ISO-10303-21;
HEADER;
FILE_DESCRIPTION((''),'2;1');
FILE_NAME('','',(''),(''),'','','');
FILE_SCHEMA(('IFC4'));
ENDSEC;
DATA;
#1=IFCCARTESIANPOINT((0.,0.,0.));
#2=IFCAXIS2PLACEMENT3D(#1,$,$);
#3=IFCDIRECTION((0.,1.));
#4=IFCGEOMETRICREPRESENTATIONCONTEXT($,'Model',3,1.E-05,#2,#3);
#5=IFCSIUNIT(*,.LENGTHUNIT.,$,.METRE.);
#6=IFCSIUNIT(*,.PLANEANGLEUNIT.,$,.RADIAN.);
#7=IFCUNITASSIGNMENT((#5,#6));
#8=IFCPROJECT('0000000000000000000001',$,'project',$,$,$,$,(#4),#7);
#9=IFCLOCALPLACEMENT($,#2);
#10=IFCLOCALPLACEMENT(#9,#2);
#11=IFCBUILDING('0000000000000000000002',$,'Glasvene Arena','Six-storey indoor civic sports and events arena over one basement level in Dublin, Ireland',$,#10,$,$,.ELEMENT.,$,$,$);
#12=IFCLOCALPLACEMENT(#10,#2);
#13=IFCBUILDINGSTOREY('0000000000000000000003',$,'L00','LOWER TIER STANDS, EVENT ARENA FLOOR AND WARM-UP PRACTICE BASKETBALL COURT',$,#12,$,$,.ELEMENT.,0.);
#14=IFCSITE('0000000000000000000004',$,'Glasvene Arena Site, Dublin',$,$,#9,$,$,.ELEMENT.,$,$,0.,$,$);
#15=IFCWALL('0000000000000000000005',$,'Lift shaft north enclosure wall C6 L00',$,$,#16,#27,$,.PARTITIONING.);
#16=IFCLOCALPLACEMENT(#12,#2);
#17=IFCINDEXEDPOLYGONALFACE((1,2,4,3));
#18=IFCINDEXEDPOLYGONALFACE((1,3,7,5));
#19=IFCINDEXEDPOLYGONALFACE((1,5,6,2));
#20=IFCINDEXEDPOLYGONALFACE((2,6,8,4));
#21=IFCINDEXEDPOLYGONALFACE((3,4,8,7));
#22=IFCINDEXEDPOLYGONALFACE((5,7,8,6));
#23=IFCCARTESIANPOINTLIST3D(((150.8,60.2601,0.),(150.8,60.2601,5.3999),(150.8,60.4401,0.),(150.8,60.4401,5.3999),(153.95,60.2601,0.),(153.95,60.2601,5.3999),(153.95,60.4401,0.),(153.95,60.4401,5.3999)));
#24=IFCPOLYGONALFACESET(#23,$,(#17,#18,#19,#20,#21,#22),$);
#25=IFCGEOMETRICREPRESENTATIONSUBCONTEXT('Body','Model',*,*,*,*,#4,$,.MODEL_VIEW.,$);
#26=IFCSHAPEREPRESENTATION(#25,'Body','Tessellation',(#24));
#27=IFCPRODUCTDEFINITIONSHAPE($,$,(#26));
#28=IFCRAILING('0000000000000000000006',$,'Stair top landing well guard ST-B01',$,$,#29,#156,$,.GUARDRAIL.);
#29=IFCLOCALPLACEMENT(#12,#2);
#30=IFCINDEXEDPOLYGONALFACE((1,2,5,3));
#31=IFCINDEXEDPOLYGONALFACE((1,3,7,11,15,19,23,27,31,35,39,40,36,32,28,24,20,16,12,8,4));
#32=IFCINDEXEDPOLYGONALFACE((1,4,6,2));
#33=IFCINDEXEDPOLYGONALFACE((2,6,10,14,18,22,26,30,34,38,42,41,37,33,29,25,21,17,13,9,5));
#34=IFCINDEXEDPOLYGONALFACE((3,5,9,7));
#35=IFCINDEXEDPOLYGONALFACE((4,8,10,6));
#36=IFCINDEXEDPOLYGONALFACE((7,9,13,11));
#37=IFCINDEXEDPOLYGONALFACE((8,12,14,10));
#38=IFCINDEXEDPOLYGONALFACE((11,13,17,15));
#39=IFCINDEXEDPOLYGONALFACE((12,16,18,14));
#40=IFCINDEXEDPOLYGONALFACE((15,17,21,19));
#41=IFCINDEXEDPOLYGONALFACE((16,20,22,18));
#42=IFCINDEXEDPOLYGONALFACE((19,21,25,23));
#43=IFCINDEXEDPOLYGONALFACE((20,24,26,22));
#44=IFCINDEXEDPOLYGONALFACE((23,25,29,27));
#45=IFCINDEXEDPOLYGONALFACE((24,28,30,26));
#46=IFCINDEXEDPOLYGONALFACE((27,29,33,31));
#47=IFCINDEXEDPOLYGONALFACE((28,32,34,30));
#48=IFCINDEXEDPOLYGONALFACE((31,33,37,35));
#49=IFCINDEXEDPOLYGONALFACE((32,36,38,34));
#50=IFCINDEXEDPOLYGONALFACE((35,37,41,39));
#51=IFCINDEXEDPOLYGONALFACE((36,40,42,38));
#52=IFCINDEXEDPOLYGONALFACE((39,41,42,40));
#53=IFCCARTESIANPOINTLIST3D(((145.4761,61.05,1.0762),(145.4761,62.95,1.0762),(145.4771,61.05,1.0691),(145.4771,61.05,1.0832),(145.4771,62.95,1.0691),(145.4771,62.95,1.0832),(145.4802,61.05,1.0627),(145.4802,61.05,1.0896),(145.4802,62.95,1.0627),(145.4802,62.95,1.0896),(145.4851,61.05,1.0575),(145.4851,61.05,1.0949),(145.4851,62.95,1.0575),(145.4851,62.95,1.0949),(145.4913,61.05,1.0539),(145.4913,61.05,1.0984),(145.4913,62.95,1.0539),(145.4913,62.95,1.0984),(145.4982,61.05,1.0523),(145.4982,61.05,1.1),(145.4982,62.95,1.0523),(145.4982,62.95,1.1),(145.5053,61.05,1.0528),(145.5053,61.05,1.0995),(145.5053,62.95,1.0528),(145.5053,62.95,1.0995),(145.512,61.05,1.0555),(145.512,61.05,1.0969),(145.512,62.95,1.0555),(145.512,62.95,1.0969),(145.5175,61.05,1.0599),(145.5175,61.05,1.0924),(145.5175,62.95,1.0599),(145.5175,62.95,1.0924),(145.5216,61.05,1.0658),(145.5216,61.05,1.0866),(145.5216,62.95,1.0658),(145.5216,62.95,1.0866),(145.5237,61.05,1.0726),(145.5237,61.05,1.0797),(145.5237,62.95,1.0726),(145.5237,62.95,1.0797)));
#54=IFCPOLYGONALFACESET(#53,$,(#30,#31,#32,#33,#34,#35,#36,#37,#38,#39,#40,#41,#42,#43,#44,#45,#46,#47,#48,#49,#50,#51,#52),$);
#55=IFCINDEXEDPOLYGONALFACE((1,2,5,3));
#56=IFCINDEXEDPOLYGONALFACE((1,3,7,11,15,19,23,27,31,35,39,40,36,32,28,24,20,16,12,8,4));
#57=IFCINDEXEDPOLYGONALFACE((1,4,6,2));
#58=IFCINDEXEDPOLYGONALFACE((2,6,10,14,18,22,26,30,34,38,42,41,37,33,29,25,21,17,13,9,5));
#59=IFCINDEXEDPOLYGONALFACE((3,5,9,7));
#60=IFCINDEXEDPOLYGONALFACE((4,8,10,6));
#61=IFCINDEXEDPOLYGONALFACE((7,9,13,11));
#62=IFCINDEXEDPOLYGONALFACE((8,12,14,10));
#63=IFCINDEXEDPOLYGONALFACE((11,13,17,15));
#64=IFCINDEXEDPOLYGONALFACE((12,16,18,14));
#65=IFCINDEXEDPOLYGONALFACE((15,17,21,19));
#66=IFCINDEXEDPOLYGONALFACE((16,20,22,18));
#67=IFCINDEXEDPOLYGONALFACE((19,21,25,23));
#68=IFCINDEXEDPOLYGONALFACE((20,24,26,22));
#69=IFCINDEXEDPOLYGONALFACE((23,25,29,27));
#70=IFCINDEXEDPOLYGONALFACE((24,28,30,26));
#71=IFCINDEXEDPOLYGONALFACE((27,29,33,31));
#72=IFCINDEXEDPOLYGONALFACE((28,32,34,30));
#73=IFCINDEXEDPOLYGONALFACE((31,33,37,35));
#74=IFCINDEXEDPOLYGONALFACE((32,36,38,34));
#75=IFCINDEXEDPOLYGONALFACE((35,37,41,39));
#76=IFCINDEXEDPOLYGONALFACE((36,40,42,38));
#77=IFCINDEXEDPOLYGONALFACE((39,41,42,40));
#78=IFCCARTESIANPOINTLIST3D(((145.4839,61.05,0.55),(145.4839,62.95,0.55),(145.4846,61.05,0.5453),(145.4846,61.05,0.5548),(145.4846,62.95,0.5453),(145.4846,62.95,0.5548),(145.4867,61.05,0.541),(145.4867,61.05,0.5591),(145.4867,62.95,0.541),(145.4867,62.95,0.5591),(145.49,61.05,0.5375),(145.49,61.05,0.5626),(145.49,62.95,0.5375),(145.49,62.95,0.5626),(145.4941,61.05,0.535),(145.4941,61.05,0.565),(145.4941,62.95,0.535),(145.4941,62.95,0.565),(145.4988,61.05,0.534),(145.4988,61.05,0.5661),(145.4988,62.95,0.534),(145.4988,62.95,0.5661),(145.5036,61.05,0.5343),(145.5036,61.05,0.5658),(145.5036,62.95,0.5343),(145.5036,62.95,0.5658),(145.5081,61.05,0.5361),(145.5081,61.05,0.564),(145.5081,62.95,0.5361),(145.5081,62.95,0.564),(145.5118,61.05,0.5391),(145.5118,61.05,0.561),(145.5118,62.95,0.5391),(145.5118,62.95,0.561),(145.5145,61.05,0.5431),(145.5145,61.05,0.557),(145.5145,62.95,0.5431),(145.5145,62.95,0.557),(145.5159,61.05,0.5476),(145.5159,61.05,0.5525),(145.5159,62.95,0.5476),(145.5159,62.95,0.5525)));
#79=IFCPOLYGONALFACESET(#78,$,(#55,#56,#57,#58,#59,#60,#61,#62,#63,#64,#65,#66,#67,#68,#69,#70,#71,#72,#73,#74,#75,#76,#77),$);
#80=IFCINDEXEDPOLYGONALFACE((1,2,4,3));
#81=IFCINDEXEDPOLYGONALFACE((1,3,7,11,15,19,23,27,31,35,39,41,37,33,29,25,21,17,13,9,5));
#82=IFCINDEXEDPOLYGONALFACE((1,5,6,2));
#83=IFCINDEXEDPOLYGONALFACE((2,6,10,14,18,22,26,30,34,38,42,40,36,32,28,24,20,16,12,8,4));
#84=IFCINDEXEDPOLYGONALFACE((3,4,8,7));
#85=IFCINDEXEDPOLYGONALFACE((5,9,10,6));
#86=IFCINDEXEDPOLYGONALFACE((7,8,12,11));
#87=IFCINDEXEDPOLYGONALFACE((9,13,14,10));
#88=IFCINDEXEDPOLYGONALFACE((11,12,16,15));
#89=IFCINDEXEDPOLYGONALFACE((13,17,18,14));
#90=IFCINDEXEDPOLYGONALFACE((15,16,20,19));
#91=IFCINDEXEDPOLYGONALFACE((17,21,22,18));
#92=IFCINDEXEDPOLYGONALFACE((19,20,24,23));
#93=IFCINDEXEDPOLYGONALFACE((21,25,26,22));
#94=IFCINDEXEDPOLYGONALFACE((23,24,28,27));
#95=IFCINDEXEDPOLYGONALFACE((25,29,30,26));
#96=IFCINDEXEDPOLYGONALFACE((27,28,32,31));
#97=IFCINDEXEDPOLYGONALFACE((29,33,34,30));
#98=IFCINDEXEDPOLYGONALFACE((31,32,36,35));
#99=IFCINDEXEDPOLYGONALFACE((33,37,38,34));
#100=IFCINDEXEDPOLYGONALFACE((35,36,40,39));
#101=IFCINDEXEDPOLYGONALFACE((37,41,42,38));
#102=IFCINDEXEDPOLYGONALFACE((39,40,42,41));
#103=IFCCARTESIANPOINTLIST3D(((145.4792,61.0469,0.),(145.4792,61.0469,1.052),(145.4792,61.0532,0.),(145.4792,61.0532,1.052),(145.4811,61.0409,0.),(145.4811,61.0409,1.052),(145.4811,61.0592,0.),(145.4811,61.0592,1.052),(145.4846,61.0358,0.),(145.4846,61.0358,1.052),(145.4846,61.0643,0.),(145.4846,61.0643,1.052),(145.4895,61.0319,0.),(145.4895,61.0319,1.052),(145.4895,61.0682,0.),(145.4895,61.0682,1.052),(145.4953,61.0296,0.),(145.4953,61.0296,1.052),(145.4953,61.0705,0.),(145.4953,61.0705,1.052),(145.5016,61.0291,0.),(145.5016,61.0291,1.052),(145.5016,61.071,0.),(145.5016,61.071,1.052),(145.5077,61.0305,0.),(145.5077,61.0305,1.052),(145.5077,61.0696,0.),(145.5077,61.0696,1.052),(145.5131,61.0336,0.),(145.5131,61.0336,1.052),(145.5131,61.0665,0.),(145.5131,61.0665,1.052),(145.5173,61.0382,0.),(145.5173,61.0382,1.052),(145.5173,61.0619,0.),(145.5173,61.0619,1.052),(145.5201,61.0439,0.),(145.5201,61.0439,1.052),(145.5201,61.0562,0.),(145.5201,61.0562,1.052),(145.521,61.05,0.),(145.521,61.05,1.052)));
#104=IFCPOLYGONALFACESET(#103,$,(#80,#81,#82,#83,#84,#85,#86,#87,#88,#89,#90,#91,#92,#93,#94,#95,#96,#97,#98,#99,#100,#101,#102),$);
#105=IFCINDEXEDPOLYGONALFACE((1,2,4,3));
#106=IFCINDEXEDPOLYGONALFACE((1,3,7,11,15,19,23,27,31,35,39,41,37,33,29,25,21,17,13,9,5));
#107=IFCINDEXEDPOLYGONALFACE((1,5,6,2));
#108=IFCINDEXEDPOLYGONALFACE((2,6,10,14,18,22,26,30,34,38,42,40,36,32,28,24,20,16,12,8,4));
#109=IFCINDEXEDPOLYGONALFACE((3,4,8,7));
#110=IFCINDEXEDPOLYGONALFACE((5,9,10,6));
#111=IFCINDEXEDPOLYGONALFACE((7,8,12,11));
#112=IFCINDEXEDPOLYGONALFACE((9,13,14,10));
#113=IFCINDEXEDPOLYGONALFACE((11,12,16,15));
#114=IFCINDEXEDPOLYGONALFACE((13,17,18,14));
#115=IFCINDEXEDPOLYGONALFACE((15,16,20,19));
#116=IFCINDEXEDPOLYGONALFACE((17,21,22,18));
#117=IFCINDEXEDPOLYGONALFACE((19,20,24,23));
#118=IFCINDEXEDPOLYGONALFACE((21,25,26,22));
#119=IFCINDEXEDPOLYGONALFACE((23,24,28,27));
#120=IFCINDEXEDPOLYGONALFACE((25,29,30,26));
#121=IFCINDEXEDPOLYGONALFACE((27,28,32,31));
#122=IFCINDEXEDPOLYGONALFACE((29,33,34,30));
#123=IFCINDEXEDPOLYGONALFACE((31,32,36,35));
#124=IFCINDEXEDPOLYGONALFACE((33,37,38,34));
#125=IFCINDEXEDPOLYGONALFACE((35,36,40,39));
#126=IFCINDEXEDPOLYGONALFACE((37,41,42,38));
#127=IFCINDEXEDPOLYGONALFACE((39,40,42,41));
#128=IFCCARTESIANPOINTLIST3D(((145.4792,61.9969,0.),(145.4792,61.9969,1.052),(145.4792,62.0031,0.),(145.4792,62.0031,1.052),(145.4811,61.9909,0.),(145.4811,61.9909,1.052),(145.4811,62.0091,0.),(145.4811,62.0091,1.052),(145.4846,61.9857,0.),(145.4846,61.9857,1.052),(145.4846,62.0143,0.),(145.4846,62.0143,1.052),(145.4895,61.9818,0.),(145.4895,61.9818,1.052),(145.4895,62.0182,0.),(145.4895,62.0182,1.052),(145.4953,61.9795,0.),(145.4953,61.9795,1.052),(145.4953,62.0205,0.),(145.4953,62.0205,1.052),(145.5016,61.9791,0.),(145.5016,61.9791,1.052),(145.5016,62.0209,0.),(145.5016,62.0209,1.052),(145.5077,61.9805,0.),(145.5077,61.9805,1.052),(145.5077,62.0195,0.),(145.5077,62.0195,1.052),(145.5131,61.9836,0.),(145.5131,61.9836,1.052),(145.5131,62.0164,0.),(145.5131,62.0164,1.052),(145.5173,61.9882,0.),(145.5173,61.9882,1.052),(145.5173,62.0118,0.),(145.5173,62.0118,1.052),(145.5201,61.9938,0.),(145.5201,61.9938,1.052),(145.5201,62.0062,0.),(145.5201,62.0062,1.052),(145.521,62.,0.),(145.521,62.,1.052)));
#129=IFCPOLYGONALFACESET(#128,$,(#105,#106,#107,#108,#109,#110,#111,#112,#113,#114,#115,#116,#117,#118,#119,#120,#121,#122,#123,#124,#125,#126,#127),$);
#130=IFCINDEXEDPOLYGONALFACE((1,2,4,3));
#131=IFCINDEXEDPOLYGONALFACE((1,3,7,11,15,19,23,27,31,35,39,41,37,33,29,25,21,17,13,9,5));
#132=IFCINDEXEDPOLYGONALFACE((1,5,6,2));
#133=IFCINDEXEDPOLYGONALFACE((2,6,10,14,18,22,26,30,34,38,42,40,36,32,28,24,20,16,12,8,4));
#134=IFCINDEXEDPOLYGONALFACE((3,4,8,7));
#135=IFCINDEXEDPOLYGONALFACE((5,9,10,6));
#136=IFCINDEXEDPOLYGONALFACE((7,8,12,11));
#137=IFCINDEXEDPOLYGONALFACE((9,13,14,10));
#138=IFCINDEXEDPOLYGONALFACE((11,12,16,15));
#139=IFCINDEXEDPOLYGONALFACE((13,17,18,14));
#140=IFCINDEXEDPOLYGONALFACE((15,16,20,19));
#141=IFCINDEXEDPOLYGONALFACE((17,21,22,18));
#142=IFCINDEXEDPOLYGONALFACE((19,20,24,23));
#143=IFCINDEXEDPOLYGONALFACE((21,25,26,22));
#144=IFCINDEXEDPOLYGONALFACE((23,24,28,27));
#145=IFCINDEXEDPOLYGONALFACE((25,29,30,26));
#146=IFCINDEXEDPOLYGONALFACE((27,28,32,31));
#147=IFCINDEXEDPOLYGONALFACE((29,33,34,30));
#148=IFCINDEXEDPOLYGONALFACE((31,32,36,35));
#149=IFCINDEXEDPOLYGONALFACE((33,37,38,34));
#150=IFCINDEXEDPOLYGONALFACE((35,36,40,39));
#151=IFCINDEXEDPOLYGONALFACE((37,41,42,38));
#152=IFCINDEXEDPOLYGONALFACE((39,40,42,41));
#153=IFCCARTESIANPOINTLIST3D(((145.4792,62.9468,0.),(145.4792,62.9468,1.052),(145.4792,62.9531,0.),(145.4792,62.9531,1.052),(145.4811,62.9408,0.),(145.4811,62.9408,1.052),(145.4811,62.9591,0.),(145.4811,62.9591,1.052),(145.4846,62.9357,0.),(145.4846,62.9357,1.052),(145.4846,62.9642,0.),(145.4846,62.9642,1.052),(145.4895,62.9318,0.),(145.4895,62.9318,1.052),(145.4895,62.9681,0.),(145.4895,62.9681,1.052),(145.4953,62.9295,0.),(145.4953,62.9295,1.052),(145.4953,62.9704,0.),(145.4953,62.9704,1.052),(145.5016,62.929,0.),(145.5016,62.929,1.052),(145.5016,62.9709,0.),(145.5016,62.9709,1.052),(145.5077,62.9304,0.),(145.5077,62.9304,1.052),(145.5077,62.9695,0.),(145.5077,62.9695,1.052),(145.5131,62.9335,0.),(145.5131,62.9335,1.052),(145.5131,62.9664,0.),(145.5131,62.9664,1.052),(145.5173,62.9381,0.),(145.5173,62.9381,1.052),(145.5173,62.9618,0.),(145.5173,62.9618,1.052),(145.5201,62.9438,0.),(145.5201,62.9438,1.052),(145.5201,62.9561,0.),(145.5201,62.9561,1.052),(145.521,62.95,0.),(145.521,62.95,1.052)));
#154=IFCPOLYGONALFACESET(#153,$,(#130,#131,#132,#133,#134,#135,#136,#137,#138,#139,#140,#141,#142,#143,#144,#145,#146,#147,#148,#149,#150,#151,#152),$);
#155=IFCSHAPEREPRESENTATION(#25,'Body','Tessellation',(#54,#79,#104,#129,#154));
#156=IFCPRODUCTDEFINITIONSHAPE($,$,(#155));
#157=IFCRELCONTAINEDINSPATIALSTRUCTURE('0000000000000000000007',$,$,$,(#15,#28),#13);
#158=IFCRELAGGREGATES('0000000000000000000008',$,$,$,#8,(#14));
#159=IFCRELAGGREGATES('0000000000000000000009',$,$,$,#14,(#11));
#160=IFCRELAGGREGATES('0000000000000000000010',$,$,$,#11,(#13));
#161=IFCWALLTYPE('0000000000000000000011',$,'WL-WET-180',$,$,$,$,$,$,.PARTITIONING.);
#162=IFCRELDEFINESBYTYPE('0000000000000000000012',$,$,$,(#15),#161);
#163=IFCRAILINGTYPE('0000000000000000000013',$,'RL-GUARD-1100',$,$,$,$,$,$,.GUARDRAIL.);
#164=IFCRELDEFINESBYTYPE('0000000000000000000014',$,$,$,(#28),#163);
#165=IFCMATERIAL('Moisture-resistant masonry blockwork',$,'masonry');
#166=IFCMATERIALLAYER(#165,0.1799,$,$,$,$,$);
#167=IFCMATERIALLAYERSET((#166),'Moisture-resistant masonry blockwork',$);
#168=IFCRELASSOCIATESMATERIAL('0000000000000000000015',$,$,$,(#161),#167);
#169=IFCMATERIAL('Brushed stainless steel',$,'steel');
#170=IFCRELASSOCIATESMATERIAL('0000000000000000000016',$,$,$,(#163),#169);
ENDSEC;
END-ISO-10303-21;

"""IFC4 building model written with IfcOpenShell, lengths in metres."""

from ifc_helpers import new_model, si_unit, direction, frame, frame_2d, origin, origin_2d, place, context, subcontext, project, spatial, rectangle, circle, extrude, material, layer, layer_set, type_object, element, save


model = new_model("IFC4")

# Units and contexts
model_context = context("Model", 3, precision=1e-05, world=origin(), true_north=direction((0.0, 1.0)))
body_context = subcontext(model_context, "Body", "Model", "MODEL_VIEW")
ifc_project = project(units=[si_unit("LENGTHUNIT", "METRE"), si_unit("PLANEANGLEUNIT", "RADIAN")], contexts=[model_context])

# Site, building, storey
site_placement = place(None, origin())
site = spatial("IfcSite", under=ifc_project, at=site_placement, Name="Glasvene Arena Site, Dublin", CompositionType="ELEMENT", RefElevation=0.0)
building_placement = place(site_placement, origin())
building = spatial("IfcBuilding", under=site, at=building_placement, Name="Glasvene Arena", Description="Six-storey indoor civic sports and events arena over one basement level in Dublin, Ireland", CompositionType="ELEMENT")
storey_placement = place(building_placement, origin())
storey = spatial("IfcBuildingStorey", under=building, at=storey_placement, Name="L00", Description="LOWER TIER STANDS, EVENT ARENA FLOOR AND WARM-UP PRACTICE BASKETBALL COURT", CompositionType="ELEMENT", Elevation=0.0)

# Wall
ifc_material_1 = material(Name="Moisture-resistant masonry blockwork", Category="masonry")
ifc_layer_1 = layer(ifc_material_1, 0.1799)
ifc_layer_set_1 = layer_set([ifc_layer_1], Name="Moisture-resistant masonry blockwork")
wall_type_1 = type_object("IfcWallType", Name="WL-WET-180", PredefinedType="PARTITIONING", material=ifc_layer_set_1)
wall_1_placement = place(storey_placement, frame((150.8, 60.3501, 0.0), z_axis=(0.0, 0.0, 1.0), x_axis=(1.0, 0.0, 0.0)))
element("IfcWall", 1, at=wall_1_placement, inside=storey, type_object=wall_type_1, Name="Lift shaft north enclosure wall C6 L00", PredefinedType="PARTITIONING", context=body_context, shape_type="SweptSolid", body=[
    extrude(rectangle(XDim=3.1499, YDim=0.1799, at=frame_2d((1.575, 0.0))), origin(), (0.0, 0.0, 1.0), 5.3999),
])

# Railing
ifc_material_2 = material(Name="Brushed stainless steel", Category="steel")
railing_type = type_object("IfcRailingType", Name="RL-GUARD-1100", PredefinedType="GUARDRAIL", material=ifc_material_2)
railing_1_placement = place(storey_placement, frame((145.5, 61.05, 0.0)))
element("IfcRailing", 2, at=railing_1_placement, inside=storey, type_object=railing_type, Name="Stair top landing well guard ST-B01", PredefinedType="GUARDRAIL", context=body_context, shape_type="SweptSolid", body=[
    extrude(circle(Radius=0.0239, at=origin_2d()), frame((0.0, 0.0, 1.0762), z_axis=(0.0, 1.0, 0.0), x_axis=(-1.0, 0.0, 0.0)), (0.0, 0.0, 1.0), 1.8999),
    extrude(circle(Radius=0.0161, at=origin_2d()), frame((0.0, 0.0, 0.55), z_axis=(0.0, 1.0, 0.0), x_axis=(-1.0, 0.0, 0.0)), (0.0, 0.0, 1.0), 1.8999),
    extrude(circle(Radius=0.021, at=origin_2d()), origin(), (0.0, 0.0, 1.0), 1.052),
    extrude(circle(Radius=0.021, at=origin_2d()), frame((0.0, 0.95, 0.0)), (0.0, 0.0, 1.0), 1.052),
    extrude(circle(Radius=0.021, at=origin_2d()), frame((0.0, 1.8999, 0.0)), (0.0, 0.0, 1.0), 1.052),
])

save(model, "model.ifc")
